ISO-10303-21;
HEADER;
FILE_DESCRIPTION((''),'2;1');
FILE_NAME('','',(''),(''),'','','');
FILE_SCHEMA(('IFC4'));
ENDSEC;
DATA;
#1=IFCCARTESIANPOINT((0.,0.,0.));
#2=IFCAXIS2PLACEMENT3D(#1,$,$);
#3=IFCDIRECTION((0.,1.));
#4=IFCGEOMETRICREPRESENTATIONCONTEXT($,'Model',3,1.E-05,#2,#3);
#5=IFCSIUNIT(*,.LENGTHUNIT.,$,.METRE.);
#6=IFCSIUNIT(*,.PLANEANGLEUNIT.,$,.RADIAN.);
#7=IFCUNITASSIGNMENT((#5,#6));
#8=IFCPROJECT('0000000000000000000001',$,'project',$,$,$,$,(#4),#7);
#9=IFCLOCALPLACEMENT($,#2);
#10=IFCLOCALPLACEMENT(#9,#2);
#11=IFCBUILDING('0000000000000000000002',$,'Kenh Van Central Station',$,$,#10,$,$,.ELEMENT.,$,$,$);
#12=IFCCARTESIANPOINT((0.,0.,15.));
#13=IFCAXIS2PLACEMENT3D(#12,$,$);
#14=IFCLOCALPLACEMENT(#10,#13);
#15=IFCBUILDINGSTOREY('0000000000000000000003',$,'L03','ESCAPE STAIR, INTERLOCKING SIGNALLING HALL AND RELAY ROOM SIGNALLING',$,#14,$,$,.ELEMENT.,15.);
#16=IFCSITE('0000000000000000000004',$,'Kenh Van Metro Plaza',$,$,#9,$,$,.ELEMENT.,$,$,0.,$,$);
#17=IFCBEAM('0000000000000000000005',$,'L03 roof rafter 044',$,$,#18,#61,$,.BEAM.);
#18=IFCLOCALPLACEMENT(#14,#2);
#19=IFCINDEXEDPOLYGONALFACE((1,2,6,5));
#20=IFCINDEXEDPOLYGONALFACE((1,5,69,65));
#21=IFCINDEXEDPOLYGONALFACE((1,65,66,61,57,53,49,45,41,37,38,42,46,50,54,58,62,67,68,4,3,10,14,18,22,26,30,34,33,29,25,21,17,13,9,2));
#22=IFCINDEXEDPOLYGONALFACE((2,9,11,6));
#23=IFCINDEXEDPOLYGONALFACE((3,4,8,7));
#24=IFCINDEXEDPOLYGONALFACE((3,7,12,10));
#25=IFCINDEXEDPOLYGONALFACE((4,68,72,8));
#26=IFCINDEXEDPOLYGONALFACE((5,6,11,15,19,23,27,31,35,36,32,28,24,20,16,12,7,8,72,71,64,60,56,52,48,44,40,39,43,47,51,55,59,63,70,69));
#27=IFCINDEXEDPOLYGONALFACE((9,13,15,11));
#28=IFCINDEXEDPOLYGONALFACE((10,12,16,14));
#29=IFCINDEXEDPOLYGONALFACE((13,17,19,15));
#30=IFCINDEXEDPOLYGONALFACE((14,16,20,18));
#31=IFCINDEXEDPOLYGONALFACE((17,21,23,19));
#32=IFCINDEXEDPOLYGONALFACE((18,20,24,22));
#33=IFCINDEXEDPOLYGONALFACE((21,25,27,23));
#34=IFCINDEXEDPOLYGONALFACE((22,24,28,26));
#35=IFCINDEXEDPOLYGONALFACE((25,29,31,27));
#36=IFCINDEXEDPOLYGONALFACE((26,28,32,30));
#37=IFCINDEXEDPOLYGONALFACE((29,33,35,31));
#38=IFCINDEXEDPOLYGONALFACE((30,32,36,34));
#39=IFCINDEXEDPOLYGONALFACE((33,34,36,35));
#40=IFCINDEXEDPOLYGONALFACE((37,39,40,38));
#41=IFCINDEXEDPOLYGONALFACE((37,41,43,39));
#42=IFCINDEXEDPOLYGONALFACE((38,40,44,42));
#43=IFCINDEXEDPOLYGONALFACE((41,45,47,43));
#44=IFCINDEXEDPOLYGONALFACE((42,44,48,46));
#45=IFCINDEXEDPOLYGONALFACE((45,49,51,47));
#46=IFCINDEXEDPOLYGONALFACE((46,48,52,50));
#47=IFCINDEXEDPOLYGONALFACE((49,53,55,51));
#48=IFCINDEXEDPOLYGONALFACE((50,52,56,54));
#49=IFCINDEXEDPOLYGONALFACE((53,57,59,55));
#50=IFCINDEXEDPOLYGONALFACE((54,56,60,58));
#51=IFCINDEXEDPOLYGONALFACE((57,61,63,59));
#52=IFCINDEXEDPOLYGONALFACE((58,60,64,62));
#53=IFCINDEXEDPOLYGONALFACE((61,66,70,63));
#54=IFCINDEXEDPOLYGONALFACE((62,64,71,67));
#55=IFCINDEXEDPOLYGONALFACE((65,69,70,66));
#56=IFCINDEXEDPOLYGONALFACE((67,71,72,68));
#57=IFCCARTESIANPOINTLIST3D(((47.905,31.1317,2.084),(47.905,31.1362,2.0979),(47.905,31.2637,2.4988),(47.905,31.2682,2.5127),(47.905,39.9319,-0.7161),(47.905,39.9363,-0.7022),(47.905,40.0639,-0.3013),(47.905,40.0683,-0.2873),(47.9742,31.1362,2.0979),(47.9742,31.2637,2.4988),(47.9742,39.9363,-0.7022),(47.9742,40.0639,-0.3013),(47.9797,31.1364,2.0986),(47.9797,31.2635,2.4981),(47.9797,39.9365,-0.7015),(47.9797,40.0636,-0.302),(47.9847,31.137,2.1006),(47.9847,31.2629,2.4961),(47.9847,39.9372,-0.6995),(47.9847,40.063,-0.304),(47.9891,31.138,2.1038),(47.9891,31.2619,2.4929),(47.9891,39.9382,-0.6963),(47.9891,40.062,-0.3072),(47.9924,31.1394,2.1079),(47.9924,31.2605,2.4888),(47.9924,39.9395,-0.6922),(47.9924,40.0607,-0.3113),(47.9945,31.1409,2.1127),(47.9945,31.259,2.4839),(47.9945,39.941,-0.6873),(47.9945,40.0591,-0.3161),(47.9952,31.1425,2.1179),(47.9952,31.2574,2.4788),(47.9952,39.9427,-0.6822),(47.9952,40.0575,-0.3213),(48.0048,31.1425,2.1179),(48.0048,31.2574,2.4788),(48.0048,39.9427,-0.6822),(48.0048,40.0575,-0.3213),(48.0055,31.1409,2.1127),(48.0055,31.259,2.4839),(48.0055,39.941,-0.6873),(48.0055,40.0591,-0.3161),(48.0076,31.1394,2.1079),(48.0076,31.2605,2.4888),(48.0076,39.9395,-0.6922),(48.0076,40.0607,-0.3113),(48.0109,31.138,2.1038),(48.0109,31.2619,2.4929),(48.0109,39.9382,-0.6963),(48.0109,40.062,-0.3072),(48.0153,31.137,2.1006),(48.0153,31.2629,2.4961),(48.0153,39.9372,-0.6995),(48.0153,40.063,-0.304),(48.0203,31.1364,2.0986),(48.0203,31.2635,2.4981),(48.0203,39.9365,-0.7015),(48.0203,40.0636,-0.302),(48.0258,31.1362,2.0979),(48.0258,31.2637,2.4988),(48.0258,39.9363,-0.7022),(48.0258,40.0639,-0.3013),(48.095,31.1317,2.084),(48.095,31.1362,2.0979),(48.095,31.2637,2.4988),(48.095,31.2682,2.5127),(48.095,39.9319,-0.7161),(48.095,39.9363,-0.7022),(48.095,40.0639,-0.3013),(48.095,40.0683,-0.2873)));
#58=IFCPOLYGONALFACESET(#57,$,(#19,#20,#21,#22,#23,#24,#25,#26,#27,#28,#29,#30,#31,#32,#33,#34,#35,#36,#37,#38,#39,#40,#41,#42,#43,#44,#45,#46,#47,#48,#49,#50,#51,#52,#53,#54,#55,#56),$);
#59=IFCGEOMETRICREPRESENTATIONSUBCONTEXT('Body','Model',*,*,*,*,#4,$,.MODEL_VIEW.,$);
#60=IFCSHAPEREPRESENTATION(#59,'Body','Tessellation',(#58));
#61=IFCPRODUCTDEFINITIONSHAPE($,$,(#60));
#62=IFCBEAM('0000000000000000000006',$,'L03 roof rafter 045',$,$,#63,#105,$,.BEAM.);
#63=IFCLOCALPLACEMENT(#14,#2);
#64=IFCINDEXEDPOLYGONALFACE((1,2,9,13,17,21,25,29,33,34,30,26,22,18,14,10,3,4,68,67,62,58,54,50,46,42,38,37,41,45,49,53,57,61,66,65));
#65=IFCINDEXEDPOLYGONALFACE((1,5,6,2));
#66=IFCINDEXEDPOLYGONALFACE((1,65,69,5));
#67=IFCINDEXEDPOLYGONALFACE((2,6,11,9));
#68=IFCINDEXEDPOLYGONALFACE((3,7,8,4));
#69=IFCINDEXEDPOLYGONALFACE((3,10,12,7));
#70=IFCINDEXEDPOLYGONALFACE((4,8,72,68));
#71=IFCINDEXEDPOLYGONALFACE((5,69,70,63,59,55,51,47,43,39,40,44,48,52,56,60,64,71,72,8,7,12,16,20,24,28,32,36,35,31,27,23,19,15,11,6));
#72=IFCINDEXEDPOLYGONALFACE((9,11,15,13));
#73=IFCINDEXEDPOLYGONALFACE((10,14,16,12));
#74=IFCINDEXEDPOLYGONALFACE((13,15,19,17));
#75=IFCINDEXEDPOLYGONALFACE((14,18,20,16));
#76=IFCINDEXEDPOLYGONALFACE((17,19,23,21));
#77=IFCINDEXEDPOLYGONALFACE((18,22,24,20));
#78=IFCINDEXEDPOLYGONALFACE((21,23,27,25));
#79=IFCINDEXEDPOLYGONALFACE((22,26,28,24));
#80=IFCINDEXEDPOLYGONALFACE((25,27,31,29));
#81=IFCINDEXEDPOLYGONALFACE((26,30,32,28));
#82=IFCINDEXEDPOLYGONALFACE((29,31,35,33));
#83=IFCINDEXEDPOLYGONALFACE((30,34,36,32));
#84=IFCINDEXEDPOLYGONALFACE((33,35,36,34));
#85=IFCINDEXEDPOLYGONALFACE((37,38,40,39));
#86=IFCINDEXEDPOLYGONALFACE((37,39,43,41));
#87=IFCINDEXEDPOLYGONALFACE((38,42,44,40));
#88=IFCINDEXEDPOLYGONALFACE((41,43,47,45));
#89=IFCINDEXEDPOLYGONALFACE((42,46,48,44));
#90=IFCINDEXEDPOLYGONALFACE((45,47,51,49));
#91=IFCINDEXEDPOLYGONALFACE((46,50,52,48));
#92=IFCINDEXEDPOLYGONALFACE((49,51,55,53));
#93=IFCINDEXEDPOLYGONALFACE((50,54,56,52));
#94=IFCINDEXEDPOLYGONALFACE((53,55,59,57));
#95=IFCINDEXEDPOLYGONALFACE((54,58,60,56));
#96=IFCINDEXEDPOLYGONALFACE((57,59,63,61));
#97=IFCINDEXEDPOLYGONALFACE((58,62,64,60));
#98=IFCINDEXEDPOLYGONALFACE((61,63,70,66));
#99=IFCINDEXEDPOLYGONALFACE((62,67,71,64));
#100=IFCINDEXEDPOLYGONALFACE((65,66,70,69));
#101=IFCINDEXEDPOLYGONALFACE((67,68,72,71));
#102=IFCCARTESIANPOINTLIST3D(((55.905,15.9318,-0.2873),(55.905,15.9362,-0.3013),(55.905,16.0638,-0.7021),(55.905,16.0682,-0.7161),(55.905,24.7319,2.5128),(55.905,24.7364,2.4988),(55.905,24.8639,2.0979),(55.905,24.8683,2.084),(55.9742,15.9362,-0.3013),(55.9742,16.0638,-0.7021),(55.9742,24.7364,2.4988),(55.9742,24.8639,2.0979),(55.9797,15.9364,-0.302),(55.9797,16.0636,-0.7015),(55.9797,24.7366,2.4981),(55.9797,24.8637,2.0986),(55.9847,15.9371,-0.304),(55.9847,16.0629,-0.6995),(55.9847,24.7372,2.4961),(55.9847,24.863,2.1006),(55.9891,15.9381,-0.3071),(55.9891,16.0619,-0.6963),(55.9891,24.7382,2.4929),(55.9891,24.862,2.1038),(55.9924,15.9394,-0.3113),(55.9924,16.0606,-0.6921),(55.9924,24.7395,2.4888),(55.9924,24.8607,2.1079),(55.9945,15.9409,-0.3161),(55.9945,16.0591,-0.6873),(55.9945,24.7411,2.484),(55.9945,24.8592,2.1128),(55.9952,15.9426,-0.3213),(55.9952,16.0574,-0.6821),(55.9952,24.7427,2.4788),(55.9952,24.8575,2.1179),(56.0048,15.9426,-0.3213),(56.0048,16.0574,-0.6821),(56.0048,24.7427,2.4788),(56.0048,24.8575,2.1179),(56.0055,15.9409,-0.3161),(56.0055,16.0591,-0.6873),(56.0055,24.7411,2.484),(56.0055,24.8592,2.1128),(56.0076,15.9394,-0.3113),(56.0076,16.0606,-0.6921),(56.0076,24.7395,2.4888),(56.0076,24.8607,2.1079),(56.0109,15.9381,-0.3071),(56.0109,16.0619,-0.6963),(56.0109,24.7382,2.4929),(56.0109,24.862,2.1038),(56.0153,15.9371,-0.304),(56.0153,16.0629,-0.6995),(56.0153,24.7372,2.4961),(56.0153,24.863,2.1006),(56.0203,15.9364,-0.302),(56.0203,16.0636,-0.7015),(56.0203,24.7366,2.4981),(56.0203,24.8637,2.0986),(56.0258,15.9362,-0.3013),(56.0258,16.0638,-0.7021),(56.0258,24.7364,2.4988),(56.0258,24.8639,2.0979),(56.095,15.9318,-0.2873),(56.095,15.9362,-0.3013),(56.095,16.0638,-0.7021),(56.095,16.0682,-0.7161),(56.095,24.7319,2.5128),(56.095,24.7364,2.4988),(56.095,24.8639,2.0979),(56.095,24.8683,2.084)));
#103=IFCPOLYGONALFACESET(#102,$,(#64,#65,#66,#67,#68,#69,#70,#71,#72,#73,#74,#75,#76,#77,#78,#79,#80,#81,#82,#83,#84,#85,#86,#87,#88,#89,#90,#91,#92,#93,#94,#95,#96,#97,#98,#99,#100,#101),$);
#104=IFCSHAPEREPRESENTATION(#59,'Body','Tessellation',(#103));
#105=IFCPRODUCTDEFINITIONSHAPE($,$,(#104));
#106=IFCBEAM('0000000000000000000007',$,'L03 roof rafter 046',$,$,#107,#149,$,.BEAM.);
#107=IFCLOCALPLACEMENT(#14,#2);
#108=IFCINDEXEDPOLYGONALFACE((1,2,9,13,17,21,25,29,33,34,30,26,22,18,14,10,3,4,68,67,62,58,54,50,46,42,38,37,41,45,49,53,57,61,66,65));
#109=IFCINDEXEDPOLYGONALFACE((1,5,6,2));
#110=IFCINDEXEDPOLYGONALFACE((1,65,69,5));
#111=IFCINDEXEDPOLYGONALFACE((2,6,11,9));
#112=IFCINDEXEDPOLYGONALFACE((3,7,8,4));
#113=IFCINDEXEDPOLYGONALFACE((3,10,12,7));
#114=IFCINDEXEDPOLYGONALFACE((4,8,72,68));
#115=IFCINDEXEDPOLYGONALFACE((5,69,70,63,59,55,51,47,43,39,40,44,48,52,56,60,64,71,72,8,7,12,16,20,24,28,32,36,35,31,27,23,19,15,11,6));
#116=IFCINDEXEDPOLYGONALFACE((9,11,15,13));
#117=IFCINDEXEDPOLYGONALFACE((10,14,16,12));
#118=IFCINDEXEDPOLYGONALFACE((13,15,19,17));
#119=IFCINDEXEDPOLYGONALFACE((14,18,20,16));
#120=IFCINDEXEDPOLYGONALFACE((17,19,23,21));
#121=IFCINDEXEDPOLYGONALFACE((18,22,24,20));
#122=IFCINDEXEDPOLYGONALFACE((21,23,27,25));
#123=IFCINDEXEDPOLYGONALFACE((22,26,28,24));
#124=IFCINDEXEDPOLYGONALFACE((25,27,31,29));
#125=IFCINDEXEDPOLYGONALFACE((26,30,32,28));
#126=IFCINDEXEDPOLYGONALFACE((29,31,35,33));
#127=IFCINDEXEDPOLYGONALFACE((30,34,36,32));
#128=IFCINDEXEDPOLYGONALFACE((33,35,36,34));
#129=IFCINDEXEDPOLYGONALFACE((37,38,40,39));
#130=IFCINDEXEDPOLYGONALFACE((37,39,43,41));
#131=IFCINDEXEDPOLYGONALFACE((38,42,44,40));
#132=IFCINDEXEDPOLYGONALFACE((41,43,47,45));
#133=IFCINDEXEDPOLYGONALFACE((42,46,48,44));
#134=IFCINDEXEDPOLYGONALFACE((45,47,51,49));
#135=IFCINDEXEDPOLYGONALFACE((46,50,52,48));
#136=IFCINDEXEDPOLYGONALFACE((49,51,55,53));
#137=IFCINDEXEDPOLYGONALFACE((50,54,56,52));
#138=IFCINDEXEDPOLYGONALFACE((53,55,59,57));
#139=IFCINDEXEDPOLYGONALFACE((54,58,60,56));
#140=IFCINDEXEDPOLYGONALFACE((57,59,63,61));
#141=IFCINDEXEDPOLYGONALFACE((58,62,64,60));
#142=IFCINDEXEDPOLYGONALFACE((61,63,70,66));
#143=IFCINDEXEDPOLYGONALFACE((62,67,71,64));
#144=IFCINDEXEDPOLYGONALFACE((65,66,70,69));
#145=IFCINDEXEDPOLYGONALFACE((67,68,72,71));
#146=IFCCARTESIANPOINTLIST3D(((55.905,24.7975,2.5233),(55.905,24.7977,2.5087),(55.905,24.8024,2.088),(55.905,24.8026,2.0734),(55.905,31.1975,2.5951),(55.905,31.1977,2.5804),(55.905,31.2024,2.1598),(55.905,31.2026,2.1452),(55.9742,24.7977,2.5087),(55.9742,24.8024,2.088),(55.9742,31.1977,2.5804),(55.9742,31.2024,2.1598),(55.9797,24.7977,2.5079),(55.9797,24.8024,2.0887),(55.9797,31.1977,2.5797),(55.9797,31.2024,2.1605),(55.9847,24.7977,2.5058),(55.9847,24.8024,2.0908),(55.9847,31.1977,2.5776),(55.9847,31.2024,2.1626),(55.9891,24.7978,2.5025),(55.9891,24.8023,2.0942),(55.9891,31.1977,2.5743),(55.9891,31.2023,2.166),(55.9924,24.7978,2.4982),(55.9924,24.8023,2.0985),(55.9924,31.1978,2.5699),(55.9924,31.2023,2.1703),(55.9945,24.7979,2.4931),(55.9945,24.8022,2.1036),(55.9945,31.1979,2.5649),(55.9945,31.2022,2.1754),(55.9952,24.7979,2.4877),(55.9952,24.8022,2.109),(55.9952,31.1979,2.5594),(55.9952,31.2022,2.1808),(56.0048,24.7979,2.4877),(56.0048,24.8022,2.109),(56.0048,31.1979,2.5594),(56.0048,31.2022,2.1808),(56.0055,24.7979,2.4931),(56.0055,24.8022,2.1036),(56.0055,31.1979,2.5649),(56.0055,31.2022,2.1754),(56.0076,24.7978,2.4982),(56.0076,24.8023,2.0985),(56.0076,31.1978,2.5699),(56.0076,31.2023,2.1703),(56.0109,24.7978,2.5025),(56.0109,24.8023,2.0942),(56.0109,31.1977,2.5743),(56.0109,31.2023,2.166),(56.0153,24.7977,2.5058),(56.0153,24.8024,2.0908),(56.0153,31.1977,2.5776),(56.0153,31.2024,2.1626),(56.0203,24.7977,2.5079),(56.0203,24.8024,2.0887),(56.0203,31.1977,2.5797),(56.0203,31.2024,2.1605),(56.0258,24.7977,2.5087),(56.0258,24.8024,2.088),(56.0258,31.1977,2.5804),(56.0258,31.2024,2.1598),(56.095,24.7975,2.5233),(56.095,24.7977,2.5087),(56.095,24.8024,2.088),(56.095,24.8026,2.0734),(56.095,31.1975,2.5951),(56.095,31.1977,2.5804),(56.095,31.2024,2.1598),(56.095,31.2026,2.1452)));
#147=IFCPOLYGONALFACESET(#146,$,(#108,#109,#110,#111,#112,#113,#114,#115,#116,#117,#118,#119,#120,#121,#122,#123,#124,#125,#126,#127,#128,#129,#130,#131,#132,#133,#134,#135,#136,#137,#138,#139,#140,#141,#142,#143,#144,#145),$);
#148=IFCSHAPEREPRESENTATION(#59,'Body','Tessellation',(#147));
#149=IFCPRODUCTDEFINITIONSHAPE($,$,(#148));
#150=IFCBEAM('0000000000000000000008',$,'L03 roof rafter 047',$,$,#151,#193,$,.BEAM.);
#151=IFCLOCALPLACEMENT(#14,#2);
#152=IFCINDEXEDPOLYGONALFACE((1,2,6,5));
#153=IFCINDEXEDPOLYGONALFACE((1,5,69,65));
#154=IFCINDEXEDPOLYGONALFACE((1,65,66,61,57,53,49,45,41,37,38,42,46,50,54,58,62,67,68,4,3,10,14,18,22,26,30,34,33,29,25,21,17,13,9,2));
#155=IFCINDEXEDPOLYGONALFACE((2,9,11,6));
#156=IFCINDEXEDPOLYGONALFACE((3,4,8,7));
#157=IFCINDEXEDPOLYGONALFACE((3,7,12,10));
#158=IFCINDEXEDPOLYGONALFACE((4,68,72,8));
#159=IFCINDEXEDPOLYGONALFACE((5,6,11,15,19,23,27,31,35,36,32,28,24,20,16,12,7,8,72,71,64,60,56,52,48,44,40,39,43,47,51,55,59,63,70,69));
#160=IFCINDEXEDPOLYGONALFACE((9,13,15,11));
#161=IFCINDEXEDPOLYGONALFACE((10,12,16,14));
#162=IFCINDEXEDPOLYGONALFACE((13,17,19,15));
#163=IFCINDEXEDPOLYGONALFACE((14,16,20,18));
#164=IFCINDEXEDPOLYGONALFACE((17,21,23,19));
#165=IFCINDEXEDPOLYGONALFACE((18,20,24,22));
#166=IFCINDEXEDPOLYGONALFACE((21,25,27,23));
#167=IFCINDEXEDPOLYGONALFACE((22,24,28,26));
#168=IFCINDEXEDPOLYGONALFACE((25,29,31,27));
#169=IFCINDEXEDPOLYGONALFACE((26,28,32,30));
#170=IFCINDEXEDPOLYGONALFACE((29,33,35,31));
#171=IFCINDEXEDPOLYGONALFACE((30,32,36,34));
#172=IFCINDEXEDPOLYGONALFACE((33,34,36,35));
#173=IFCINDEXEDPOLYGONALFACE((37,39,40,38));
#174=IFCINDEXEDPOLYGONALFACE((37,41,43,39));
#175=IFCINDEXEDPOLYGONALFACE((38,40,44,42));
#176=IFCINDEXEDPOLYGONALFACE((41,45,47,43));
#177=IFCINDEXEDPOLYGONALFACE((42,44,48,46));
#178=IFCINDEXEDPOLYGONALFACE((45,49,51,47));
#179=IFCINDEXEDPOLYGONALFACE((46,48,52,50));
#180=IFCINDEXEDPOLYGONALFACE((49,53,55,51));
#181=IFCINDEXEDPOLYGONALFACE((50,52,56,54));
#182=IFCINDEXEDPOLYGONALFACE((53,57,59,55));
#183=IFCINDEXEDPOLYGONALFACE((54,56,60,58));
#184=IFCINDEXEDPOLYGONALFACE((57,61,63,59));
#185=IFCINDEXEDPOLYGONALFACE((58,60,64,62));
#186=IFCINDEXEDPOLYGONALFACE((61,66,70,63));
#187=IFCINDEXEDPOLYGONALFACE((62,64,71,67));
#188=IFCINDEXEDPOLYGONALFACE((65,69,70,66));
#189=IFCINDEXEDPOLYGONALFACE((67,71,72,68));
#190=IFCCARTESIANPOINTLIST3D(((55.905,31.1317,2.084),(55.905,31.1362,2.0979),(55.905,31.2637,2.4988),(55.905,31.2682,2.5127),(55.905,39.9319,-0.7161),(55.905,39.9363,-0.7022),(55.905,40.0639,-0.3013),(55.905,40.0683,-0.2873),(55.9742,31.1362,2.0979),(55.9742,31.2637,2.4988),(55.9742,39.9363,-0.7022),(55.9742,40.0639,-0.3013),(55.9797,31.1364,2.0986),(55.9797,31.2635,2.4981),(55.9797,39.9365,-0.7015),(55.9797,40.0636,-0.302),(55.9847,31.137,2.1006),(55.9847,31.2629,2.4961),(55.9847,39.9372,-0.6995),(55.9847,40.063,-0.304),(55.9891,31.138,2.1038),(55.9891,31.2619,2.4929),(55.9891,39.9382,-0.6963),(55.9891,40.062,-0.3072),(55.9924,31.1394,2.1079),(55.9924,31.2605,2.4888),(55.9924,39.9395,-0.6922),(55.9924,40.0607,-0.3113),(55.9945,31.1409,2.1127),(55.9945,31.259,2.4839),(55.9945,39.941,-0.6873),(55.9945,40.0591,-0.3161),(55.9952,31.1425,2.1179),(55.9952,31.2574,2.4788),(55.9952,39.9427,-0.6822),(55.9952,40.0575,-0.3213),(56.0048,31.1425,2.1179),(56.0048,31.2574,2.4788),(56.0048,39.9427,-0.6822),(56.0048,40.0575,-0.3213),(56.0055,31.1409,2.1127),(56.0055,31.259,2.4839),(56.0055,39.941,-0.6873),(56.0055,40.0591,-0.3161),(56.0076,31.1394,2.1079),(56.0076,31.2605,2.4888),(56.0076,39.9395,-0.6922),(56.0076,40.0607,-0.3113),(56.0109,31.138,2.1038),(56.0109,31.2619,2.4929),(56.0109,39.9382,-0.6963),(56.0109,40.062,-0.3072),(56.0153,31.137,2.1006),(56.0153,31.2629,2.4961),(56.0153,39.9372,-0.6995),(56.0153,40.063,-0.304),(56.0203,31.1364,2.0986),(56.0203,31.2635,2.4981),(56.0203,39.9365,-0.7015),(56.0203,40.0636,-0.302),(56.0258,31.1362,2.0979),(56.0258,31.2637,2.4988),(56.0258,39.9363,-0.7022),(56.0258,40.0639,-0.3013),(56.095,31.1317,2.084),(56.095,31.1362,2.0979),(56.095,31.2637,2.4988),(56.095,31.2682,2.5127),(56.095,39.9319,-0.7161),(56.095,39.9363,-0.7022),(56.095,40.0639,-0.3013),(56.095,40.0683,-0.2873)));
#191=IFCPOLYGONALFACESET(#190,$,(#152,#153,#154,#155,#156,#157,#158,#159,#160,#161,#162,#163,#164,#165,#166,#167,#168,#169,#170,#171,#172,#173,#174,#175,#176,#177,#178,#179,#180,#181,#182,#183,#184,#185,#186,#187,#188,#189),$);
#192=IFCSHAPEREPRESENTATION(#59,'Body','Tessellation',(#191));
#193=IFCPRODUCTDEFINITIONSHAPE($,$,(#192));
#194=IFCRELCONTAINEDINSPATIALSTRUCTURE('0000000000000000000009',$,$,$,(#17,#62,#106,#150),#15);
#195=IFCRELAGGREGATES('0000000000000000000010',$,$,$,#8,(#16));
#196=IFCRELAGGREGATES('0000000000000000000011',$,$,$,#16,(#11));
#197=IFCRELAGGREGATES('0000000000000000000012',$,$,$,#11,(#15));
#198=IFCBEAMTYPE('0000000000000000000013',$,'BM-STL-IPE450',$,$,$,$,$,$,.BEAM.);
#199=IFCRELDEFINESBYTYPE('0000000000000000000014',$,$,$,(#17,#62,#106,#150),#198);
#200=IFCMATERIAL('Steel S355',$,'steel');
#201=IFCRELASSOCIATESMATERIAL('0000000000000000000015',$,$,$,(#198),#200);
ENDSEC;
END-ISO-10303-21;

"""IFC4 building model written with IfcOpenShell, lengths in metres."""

from ifc_helpers import new_model, si_unit, direction, frame, origin, origin_2d, place, context, subcontext, project, spatial, i_section, extrude, material, material_profile, profile_set, type_object, element, save


model = new_model("IFC4")

# Units and contexts
model_context = context("Model", 3, precision=1e-05, world=origin(), true_north=direction((0.0, 1.0)))
body_context = subcontext(model_context, "Body", "Model", "MODEL_VIEW")
ifc_project = project(units=[si_unit("LENGTHUNIT", "METRE"), si_unit("PLANEANGLEUNIT", "RADIAN")], contexts=[model_context])

# Site, building, storey
site_placement = place(None, origin())
site = spatial("IfcSite", under=ifc_project, at=site_placement, Name="Kenh Van Metro Plaza", CompositionType="ELEMENT", RefElevation=0.0)
building_placement = place(site_placement, origin())
building = spatial("IfcBuilding", under=site, at=building_placement, Name="Kenh Van Central Station", CompositionType="ELEMENT")
storey_placement = place(building_placement, frame((0.0, 0.0, 15.0)))
storey = spatial("IfcBuildingStorey", under=building, at=storey_placement, Name="L03", Description="ESCAPE STAIR, INTERLOCKING SIGNALLING HALL AND RELAY ROOM SIGNALLING", CompositionType="ELEMENT", Elevation=15.0)

# Beams
ifc_material_1 = material(Name="Steel S355", Category="steel")
ifc_material_profile_1 = material_profile(ifc_material_1, i_section(OverallWidth=0.1899, OverallDepth=0.45, WebThickness=0.0095, FlangeThickness=0.0146, FilletRadius=0.021, at=origin_2d()), Name="IPE 450")
ifc_profile_set_1 = profile_set([ifc_material_profile_1], Name="Steel S355")
beam_type = type_object("IfcBeamType", Name="BM-STL-IPE450", PredefinedType="BEAM", material=ifc_profile_set_1)
for number, where, z_axis, x_axis, name in (
    (1, (48.0, 31.2, 2.2983), (0.0, 0.952925, -0.303207), (-1.0, 0.0, 0.0), "L03 roof rafter 044"),
    (2, (56.0, 16.0, -0.5017), (0.0, 0.952925, 0.303207), (-1.0, 0.0, 0.0), "L03 roof rafter 045"),
):
    element("IfcBeam", number, at=place(storey_placement, frame(where, z_axis=z_axis, x_axis=x_axis)), inside=storey, type_object=beam_type, Name=name, PredefinedType="BEAM", context=body_context, shape_type="SweptSolid", body=[
        extrude(i_section(OverallWidth=0.1899, OverallDepth=0.45, WebThickness=0.0095, FlangeThickness=0.0146, FilletRadius=0.021, at=origin_2d()), origin(), (0.0, 0.0, 1.0), 9.2349),
    ])
beam_1_placement = place(storey_placement, frame((56.0, 24.8, 2.2983), z_axis=(0.0, 0.999937, 0.011215), x_axis=(-1.0, 0.0, 0.0)))
element("IfcBeam", 3, at=beam_1_placement, inside=storey, type_object=beam_type, Name="L03 roof rafter 046", PredefinedType="BEAM", context=body_context, shape_type="SweptSolid", body=[
    extrude(i_section(OverallWidth=0.1899, OverallDepth=0.45, WebThickness=0.0095, FlangeThickness=0.0146, FilletRadius=0.021, at=origin_2d()), origin(), (0.0, 0.0, 1.0), 6.4004),
])
for number, where, z_axis, x_axis, name in (
    (4, (56.0, 31.2, 2.2983), (0.0, 0.952925, -0.303207), (-1.0, 0.0, 0.0), "L03 roof rafter 047"),
):
    element("IfcBeam", number, at=place(storey_placement, frame(where, z_axis=z_axis, x_axis=x_axis)), inside=storey, type_object=beam_type, Name=name, PredefinedType="BEAM", context=body_context, shape_type="SweptSolid", body=[
        extrude(i_section(OverallWidth=0.1899, OverallDepth=0.45, WebThickness=0.0095, FlangeThickness=0.0146, FilletRadius=0.021, at=origin_2d()), origin(), (0.0, 0.0, 1.0), 9.2349),
    ])

save(model, "model.ifc")
